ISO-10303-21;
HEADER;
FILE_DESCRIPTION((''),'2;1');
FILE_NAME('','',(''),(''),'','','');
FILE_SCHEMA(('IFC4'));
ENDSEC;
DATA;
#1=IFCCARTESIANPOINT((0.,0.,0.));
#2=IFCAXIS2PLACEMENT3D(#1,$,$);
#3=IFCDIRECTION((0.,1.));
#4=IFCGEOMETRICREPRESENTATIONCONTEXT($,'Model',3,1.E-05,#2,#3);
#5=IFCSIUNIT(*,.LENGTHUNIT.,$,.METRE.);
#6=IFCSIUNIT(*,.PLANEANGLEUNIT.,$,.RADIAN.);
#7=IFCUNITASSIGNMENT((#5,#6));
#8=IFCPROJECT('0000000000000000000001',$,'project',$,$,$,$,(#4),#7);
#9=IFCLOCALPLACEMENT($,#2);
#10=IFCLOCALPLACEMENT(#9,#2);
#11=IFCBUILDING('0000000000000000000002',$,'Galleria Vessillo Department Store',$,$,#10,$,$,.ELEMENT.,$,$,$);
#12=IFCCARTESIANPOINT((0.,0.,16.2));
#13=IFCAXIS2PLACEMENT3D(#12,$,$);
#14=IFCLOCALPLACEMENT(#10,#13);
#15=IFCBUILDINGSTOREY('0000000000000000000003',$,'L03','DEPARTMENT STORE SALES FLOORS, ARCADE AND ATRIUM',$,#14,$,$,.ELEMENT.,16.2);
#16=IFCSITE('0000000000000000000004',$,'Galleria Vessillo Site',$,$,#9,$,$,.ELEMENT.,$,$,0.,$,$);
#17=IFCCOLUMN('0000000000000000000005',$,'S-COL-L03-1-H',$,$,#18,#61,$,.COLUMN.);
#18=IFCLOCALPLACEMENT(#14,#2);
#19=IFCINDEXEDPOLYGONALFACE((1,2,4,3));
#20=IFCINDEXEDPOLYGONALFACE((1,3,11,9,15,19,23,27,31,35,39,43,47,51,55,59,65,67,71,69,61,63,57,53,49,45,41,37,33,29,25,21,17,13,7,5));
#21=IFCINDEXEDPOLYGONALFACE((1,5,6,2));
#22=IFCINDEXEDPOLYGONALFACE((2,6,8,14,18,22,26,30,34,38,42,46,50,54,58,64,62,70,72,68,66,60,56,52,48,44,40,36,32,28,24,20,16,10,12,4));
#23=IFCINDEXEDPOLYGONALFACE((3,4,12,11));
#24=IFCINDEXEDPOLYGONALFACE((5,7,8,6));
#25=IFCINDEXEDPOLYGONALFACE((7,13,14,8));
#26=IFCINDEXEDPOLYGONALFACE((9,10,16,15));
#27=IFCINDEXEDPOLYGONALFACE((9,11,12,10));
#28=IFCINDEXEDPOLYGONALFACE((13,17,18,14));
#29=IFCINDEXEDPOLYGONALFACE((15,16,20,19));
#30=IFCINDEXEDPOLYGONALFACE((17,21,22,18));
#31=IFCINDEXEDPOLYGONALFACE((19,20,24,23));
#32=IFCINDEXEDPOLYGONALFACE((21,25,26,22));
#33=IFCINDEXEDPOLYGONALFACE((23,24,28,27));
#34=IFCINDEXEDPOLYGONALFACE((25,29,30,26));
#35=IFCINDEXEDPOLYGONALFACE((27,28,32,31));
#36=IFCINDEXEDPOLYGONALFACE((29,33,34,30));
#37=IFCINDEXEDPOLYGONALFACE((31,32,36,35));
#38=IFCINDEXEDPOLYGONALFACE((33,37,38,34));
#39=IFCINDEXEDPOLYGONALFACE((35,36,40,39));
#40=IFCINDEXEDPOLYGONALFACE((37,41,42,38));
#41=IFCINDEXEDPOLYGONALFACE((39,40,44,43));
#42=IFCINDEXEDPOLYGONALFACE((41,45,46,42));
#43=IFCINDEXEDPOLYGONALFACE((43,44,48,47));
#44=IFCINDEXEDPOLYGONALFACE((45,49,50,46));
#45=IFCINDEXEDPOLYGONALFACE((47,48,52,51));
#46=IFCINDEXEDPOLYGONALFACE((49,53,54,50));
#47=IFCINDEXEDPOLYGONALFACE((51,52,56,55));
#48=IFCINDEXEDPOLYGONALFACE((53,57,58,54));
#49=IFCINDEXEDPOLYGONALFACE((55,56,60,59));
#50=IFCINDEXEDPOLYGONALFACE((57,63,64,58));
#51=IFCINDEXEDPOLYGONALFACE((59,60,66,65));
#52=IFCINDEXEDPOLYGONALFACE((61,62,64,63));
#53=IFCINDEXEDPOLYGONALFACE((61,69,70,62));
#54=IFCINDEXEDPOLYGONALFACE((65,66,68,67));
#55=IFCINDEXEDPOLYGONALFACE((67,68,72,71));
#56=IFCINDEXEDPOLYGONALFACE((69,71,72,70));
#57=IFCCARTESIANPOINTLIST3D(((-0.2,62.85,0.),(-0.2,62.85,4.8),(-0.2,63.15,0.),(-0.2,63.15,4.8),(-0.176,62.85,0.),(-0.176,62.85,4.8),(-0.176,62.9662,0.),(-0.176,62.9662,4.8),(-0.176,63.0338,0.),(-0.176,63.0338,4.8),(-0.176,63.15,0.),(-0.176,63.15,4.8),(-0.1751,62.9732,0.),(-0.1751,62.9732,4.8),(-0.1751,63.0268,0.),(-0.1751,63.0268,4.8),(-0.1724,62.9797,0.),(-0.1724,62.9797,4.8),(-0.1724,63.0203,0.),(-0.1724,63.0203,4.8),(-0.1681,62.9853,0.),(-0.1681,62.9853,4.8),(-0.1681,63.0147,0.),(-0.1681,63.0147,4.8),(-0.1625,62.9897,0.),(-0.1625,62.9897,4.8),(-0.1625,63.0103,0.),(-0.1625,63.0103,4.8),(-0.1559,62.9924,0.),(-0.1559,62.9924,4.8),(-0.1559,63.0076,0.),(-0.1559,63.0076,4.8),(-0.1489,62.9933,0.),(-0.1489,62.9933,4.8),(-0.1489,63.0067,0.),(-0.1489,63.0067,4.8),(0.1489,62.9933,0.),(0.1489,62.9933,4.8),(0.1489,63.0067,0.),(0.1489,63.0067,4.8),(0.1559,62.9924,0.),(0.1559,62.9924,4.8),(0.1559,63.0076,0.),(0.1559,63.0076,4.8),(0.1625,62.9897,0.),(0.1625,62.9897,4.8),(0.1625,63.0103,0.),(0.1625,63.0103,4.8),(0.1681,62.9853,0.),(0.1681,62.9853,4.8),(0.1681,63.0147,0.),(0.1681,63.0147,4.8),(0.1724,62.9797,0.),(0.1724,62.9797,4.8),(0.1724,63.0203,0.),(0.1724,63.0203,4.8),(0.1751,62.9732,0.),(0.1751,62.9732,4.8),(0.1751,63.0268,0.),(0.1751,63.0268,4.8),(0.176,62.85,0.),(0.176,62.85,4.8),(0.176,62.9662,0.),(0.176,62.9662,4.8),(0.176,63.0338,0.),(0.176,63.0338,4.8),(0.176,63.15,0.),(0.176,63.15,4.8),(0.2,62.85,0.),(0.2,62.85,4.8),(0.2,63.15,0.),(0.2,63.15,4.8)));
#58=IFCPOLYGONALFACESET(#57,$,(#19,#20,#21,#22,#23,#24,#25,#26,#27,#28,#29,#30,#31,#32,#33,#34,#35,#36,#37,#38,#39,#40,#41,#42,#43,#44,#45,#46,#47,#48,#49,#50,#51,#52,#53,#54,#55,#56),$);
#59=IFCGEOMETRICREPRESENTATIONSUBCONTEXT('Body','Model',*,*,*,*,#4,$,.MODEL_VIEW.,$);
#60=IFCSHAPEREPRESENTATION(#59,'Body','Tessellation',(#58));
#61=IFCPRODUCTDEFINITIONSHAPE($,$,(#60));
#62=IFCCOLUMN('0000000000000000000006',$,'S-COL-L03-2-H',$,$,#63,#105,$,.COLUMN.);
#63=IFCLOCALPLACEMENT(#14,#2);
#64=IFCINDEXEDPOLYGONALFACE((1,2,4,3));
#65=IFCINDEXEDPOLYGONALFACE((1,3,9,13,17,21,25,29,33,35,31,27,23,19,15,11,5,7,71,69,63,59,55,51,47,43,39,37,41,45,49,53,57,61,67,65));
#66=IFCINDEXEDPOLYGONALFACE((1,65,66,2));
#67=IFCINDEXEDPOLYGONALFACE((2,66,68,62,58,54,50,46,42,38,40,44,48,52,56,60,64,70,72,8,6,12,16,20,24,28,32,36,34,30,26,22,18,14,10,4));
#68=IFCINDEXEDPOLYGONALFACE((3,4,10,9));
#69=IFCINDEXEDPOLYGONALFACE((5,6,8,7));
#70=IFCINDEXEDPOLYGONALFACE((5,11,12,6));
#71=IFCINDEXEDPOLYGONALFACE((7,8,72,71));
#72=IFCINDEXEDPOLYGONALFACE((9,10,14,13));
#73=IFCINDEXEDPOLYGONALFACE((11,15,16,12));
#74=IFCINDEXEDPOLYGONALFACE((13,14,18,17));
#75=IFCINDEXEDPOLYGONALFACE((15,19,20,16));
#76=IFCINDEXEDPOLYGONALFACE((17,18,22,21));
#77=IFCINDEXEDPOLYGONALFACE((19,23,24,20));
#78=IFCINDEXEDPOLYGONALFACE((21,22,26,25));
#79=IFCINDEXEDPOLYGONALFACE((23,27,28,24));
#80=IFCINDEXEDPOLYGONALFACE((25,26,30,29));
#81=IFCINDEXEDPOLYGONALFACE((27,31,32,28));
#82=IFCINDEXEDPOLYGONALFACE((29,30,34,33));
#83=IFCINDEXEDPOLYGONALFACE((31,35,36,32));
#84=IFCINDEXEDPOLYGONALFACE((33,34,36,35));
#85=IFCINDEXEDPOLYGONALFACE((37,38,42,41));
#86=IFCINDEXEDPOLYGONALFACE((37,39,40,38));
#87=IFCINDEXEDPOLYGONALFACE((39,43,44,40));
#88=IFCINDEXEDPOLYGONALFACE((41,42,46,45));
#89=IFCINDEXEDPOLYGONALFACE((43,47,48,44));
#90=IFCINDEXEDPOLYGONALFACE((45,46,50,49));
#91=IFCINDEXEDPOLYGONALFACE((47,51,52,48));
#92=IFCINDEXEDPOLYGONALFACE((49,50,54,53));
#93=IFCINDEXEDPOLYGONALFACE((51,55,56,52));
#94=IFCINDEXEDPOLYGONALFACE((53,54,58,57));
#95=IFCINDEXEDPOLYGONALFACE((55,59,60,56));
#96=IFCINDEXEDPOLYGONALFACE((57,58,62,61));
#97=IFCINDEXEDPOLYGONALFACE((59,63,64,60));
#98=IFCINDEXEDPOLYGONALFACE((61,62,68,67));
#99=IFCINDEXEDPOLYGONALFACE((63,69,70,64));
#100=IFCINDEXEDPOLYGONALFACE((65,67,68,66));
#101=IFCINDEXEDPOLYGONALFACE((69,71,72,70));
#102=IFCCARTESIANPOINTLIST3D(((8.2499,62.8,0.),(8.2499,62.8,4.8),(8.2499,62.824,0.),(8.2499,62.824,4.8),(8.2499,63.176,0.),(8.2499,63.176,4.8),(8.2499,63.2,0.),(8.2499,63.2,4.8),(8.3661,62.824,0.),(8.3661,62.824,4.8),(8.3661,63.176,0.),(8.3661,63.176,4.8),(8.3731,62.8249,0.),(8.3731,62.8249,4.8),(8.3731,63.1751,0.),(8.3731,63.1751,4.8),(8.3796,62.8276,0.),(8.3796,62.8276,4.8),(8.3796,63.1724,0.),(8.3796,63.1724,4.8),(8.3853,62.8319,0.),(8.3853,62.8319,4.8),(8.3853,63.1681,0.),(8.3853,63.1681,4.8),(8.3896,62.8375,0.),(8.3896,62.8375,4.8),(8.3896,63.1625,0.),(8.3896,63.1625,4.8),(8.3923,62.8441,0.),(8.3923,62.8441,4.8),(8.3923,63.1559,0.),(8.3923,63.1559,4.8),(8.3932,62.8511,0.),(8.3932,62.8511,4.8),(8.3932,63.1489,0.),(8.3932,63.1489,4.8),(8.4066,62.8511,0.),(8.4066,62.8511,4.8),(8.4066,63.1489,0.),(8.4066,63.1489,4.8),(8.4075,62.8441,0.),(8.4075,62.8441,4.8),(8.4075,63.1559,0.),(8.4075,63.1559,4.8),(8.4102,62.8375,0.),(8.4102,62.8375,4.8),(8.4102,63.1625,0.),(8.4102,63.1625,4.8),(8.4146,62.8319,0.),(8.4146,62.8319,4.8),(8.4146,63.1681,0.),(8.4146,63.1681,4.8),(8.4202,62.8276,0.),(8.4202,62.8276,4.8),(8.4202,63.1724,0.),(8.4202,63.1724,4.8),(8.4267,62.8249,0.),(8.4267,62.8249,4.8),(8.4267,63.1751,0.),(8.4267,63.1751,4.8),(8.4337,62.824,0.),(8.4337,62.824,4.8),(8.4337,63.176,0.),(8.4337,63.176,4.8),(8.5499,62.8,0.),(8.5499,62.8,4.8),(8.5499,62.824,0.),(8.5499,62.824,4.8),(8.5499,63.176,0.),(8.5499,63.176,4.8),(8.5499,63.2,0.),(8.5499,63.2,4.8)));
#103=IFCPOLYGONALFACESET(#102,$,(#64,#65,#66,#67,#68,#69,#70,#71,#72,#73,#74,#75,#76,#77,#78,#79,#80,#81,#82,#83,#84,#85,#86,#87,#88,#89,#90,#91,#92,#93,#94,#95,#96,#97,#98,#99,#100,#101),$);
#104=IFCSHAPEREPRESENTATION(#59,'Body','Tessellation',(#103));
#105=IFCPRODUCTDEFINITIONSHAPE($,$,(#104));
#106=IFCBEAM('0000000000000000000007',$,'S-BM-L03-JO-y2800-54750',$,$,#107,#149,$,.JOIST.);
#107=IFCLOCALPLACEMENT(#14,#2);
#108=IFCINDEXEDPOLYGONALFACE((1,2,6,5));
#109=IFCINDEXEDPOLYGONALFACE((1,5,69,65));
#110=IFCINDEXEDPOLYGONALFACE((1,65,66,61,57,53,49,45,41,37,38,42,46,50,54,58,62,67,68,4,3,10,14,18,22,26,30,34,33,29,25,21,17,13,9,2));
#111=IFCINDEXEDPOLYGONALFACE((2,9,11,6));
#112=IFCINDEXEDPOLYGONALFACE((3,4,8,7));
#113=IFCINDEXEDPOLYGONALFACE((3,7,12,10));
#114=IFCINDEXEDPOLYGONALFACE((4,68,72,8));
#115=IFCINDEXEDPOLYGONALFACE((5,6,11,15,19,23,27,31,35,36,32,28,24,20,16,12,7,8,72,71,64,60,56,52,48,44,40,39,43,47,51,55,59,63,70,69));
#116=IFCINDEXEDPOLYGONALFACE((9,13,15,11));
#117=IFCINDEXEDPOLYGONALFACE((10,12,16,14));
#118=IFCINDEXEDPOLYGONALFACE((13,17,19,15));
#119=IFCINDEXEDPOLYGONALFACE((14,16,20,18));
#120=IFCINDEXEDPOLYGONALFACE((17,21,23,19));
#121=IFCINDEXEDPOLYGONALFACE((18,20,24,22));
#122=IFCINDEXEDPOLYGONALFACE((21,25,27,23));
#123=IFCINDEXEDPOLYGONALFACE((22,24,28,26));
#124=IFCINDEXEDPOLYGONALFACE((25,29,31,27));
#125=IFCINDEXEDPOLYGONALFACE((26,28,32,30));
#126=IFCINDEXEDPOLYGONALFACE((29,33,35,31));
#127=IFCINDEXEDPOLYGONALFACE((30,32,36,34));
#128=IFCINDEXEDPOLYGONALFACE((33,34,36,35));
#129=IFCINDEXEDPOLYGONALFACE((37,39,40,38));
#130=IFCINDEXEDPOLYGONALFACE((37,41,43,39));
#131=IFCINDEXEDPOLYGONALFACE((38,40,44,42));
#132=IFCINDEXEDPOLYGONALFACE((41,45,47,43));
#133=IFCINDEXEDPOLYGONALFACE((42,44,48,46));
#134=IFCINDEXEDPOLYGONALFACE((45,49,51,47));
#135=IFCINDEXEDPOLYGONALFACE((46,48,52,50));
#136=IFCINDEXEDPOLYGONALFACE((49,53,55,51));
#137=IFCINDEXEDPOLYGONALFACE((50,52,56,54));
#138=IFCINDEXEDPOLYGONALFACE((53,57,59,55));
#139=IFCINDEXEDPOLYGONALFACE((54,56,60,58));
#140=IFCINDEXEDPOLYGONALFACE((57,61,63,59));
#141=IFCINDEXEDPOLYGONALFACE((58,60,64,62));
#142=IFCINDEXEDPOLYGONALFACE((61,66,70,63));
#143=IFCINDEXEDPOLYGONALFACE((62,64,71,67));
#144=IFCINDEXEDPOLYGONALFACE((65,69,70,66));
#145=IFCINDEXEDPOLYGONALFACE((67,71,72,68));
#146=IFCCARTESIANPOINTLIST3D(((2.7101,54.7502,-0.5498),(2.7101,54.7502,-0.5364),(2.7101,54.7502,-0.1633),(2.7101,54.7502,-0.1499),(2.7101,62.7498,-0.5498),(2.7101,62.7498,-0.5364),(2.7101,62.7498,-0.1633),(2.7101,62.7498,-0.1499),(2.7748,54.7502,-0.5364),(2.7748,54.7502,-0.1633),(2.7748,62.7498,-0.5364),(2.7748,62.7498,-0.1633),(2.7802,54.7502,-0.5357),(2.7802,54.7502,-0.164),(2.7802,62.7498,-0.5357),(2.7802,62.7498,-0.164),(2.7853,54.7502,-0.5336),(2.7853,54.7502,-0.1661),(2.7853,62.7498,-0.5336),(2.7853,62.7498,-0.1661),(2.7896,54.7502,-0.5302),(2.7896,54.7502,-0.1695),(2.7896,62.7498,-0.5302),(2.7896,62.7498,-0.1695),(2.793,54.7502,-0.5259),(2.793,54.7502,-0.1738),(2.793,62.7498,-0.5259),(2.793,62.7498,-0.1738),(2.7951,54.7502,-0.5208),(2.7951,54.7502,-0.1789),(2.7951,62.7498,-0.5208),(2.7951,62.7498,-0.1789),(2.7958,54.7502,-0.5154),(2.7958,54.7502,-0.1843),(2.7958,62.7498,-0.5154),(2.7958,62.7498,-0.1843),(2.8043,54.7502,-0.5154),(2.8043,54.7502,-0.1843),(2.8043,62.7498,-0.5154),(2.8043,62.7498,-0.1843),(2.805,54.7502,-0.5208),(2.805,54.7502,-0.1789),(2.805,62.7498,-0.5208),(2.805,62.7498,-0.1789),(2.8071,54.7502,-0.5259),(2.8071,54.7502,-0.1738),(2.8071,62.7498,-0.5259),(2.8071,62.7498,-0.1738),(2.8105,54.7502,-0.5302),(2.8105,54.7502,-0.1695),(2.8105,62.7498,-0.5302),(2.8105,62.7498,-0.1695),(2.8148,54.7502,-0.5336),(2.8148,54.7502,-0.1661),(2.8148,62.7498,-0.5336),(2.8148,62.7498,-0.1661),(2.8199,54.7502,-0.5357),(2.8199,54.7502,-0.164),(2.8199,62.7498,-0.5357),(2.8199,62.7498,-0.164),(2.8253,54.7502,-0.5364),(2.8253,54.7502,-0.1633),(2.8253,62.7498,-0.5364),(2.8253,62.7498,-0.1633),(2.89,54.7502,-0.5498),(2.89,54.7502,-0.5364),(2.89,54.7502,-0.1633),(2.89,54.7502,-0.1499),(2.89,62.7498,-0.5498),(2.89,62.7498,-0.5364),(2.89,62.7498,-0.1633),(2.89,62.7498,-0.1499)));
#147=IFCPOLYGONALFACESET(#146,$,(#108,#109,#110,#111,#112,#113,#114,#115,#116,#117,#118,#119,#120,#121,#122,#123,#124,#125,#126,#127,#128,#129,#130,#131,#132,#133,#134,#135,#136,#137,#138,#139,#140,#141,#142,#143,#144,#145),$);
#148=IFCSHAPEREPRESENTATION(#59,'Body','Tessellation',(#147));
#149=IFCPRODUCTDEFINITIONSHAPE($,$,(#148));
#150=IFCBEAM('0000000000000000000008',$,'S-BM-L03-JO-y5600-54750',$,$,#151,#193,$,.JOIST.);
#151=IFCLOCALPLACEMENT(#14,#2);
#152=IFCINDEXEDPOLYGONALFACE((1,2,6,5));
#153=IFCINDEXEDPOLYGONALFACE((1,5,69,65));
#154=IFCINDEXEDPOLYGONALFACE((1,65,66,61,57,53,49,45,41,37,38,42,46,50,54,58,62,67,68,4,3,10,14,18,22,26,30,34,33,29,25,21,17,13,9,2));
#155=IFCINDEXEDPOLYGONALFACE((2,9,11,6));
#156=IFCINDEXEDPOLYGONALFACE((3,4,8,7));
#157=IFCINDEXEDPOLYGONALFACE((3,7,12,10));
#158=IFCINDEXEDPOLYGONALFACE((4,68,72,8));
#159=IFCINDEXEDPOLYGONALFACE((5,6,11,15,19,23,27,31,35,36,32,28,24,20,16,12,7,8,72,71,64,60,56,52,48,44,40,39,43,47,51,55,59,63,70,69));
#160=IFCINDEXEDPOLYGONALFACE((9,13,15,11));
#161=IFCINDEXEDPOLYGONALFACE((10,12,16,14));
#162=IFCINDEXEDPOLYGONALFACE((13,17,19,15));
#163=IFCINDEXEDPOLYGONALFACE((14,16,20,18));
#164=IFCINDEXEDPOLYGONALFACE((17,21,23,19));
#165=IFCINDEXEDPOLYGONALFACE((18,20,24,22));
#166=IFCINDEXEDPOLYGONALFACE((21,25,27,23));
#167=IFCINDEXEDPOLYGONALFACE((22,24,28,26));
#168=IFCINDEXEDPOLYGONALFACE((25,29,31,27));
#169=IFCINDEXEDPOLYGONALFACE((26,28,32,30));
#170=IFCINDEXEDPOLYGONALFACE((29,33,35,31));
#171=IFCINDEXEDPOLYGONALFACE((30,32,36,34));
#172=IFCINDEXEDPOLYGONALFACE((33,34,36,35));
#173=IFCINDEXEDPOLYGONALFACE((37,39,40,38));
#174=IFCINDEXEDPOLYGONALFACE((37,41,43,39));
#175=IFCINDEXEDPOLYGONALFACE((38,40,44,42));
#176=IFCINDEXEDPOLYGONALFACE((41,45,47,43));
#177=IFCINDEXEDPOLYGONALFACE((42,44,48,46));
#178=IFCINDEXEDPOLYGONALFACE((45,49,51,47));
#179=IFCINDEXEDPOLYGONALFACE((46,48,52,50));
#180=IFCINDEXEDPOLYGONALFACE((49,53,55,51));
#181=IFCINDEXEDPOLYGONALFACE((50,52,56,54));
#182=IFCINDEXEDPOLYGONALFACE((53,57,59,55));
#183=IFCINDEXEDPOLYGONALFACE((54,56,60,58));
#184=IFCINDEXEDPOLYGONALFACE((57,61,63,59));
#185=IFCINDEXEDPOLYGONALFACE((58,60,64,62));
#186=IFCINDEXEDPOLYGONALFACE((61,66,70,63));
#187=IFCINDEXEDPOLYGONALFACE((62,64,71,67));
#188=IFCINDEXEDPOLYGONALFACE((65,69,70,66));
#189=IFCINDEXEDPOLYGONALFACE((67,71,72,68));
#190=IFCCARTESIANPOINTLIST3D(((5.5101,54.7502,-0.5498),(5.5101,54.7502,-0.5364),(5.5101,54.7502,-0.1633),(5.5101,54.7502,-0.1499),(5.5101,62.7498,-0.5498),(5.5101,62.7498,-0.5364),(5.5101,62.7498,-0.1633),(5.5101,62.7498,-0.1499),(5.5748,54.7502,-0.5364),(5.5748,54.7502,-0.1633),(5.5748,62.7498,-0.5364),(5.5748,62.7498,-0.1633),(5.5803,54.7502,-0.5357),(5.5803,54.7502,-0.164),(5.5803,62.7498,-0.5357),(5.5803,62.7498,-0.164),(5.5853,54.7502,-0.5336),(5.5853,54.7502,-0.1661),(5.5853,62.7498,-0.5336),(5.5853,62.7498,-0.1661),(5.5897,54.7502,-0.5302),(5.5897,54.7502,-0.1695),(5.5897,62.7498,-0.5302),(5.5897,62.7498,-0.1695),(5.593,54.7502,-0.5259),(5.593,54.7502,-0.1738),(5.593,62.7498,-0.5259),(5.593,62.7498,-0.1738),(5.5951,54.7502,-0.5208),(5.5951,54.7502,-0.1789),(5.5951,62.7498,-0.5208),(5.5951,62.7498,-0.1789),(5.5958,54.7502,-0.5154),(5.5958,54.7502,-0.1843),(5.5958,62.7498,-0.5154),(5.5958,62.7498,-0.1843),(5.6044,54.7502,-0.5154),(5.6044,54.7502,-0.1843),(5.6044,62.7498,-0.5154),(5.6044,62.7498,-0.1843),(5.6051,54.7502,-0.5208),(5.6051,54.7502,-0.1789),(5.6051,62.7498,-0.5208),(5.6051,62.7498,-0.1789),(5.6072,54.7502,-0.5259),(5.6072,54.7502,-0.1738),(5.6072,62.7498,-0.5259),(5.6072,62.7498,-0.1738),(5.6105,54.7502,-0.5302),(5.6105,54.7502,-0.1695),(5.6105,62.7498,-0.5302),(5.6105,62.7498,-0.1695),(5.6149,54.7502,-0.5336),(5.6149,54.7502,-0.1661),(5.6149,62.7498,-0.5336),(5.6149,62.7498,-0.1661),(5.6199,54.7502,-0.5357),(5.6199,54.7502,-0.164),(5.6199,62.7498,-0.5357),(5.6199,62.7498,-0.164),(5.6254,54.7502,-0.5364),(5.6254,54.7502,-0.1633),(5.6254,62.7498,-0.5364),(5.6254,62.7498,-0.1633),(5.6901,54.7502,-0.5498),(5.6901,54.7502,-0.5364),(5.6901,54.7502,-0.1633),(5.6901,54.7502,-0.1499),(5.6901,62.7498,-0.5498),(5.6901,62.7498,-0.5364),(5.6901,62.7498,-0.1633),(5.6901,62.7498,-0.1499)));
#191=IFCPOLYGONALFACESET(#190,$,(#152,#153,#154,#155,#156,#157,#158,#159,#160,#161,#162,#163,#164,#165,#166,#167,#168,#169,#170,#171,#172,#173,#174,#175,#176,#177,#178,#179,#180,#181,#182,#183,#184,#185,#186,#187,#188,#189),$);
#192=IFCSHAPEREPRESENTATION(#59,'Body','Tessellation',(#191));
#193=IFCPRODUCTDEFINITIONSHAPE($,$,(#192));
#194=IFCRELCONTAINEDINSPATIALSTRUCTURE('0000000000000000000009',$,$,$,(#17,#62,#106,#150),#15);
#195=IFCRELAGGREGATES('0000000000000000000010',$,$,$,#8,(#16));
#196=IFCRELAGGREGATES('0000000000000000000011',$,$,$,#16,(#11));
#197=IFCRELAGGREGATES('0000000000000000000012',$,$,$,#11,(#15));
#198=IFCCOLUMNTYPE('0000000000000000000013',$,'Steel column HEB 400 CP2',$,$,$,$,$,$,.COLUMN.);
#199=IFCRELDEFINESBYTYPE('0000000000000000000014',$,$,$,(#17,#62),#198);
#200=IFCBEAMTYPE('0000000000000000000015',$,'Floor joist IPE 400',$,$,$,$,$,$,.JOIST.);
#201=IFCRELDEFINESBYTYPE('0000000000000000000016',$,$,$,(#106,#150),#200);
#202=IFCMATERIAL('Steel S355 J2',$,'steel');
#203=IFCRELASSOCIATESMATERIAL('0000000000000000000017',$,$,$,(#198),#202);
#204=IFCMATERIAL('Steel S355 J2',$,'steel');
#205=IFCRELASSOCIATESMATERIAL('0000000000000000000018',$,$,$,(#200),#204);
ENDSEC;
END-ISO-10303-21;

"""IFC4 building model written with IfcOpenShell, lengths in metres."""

from ifc_helpers import new_model, si_unit, direction, frame, origin, origin_2d, place, context, subcontext, project, spatial, i_section, extrude, material, material_profile, profile_set, type_object, element, save


model = new_model("IFC4")

# Units and contexts
model_context = context("Model", 3, precision=1e-05, world=origin(), true_north=direction((0.0, 1.0)))
body_context = subcontext(model_context, "Body", "Model", "MODEL_VIEW")
ifc_project = project(units=[si_unit("LENGTHUNIT", "METRE"), si_unit("PLANEANGLEUNIT", "RADIAN")], contexts=[model_context])

# Site, building, storey
site_placement = place(None, origin())
site = spatial("IfcSite", under=ifc_project, at=site_placement, Name="Galleria Vessillo Site", CompositionType="ELEMENT", RefElevation=0.0)
building_placement = place(site_placement, origin())
building = spatial("IfcBuilding", under=site, at=building_placement, Name="Galleria Vessillo Department Store", CompositionType="ELEMENT")
storey_placement = place(building_placement, frame((0.0, 0.0, 16.2)))
storey = spatial("IfcBuildingStorey", under=building, at=storey_placement, Name="L03", Description="DEPARTMENT STORE SALES FLOORS, ARCADE AND ATRIUM", CompositionType="ELEMENT", Elevation=16.2)

# Columns
ifc_material_1 = material(Name="Steel S355 J2", Category="steel")
ifc_material_profile_1 = material_profile(ifc_material_1, i_section(OverallWidth=0.3, OverallDepth=0.3999, WebThickness=0.0134, FlangeThickness=0.0239, FilletRadius=0.0271, at=origin_2d()), Name="HEB 400")
ifc_profile_set_1 = profile_set([ifc_material_profile_1], Name="Steel S355 J2")
column_type = type_object("IfcColumnType", Name="Steel column HEB 400 CP2", PredefinedType="COLUMN", material=ifc_profile_set_1)
for number, where, z_axis, x_axis, name in (
    (1, (0.0, 63.0, 0.0), (0.0, 0.0, 1.0), (0.0, 1.0, 0.0), "S-COL-L03-1-H"),
    (2, (8.3999, 63.0, 0.0), (0.0, 0.0, 1.0), (1.0, 0.0, 0.0), "S-COL-L03-2-H"),
):
    element("IfcColumn", number, at=place(storey_placement, frame(where, z_axis=z_axis, x_axis=x_axis)), inside=storey, type_object=column_type, Name=name, PredefinedType="COLUMN", context=body_context, shape_type="SweptSolid", body=[
        extrude(i_section(OverallWidth=0.3, OverallDepth=0.3999, WebThickness=0.0134, FlangeThickness=0.0239, FilletRadius=0.0271, at=origin_2d()), origin(), (0.0, 0.0, 1.0), 4.8),
    ])

# Beams
ifc_material_2 = material(Name="Steel S355 J2", Category="steel")
ifc_material_profile_2 = material_profile(ifc_material_2, i_section(OverallWidth=0.1799, OverallDepth=0.3999, WebThickness=0.0085, FlangeThickness=0.0134, FilletRadius=0.021, at=origin_2d()), Name="IPE 400")
ifc_profile_set_2 = profile_set([ifc_material_profile_2], Name="Steel S355 J2")
beam_type = type_object("IfcBeamType", Name="Floor joist IPE 400", PredefinedType="JOIST", material=ifc_profile_set_2)
for number, where, z_axis, x_axis, name in (
    (3, (2.8, 54.7502, -0.3499), (0.0, 1.0, 0.0), (-1.0, 0.0, 0.0), "S-BM-L03-JO-y2800-54750"),
    (4, (5.6001, 54.7502, -0.3499), (0.0, 1.0, 0.0), (-1.0, 0.0, 0.0), "S-BM-L03-JO-y5600-54750"),
):
    element("IfcBeam", number, at=place(storey_placement, frame(where, z_axis=z_axis, x_axis=x_axis)), inside=storey, type_object=beam_type, Name=name, PredefinedType="JOIST", context=body_context, shape_type="SweptSolid", body=[
        extrude(i_section(OverallWidth=0.1799, OverallDepth=0.3999, WebThickness=0.0085, FlangeThickness=0.0134, FilletRadius=0.021, at=origin_2d()), origin(), (0.0, 0.0, 1.0), 7.9995),
    ])

save(model, "model.ifc")
